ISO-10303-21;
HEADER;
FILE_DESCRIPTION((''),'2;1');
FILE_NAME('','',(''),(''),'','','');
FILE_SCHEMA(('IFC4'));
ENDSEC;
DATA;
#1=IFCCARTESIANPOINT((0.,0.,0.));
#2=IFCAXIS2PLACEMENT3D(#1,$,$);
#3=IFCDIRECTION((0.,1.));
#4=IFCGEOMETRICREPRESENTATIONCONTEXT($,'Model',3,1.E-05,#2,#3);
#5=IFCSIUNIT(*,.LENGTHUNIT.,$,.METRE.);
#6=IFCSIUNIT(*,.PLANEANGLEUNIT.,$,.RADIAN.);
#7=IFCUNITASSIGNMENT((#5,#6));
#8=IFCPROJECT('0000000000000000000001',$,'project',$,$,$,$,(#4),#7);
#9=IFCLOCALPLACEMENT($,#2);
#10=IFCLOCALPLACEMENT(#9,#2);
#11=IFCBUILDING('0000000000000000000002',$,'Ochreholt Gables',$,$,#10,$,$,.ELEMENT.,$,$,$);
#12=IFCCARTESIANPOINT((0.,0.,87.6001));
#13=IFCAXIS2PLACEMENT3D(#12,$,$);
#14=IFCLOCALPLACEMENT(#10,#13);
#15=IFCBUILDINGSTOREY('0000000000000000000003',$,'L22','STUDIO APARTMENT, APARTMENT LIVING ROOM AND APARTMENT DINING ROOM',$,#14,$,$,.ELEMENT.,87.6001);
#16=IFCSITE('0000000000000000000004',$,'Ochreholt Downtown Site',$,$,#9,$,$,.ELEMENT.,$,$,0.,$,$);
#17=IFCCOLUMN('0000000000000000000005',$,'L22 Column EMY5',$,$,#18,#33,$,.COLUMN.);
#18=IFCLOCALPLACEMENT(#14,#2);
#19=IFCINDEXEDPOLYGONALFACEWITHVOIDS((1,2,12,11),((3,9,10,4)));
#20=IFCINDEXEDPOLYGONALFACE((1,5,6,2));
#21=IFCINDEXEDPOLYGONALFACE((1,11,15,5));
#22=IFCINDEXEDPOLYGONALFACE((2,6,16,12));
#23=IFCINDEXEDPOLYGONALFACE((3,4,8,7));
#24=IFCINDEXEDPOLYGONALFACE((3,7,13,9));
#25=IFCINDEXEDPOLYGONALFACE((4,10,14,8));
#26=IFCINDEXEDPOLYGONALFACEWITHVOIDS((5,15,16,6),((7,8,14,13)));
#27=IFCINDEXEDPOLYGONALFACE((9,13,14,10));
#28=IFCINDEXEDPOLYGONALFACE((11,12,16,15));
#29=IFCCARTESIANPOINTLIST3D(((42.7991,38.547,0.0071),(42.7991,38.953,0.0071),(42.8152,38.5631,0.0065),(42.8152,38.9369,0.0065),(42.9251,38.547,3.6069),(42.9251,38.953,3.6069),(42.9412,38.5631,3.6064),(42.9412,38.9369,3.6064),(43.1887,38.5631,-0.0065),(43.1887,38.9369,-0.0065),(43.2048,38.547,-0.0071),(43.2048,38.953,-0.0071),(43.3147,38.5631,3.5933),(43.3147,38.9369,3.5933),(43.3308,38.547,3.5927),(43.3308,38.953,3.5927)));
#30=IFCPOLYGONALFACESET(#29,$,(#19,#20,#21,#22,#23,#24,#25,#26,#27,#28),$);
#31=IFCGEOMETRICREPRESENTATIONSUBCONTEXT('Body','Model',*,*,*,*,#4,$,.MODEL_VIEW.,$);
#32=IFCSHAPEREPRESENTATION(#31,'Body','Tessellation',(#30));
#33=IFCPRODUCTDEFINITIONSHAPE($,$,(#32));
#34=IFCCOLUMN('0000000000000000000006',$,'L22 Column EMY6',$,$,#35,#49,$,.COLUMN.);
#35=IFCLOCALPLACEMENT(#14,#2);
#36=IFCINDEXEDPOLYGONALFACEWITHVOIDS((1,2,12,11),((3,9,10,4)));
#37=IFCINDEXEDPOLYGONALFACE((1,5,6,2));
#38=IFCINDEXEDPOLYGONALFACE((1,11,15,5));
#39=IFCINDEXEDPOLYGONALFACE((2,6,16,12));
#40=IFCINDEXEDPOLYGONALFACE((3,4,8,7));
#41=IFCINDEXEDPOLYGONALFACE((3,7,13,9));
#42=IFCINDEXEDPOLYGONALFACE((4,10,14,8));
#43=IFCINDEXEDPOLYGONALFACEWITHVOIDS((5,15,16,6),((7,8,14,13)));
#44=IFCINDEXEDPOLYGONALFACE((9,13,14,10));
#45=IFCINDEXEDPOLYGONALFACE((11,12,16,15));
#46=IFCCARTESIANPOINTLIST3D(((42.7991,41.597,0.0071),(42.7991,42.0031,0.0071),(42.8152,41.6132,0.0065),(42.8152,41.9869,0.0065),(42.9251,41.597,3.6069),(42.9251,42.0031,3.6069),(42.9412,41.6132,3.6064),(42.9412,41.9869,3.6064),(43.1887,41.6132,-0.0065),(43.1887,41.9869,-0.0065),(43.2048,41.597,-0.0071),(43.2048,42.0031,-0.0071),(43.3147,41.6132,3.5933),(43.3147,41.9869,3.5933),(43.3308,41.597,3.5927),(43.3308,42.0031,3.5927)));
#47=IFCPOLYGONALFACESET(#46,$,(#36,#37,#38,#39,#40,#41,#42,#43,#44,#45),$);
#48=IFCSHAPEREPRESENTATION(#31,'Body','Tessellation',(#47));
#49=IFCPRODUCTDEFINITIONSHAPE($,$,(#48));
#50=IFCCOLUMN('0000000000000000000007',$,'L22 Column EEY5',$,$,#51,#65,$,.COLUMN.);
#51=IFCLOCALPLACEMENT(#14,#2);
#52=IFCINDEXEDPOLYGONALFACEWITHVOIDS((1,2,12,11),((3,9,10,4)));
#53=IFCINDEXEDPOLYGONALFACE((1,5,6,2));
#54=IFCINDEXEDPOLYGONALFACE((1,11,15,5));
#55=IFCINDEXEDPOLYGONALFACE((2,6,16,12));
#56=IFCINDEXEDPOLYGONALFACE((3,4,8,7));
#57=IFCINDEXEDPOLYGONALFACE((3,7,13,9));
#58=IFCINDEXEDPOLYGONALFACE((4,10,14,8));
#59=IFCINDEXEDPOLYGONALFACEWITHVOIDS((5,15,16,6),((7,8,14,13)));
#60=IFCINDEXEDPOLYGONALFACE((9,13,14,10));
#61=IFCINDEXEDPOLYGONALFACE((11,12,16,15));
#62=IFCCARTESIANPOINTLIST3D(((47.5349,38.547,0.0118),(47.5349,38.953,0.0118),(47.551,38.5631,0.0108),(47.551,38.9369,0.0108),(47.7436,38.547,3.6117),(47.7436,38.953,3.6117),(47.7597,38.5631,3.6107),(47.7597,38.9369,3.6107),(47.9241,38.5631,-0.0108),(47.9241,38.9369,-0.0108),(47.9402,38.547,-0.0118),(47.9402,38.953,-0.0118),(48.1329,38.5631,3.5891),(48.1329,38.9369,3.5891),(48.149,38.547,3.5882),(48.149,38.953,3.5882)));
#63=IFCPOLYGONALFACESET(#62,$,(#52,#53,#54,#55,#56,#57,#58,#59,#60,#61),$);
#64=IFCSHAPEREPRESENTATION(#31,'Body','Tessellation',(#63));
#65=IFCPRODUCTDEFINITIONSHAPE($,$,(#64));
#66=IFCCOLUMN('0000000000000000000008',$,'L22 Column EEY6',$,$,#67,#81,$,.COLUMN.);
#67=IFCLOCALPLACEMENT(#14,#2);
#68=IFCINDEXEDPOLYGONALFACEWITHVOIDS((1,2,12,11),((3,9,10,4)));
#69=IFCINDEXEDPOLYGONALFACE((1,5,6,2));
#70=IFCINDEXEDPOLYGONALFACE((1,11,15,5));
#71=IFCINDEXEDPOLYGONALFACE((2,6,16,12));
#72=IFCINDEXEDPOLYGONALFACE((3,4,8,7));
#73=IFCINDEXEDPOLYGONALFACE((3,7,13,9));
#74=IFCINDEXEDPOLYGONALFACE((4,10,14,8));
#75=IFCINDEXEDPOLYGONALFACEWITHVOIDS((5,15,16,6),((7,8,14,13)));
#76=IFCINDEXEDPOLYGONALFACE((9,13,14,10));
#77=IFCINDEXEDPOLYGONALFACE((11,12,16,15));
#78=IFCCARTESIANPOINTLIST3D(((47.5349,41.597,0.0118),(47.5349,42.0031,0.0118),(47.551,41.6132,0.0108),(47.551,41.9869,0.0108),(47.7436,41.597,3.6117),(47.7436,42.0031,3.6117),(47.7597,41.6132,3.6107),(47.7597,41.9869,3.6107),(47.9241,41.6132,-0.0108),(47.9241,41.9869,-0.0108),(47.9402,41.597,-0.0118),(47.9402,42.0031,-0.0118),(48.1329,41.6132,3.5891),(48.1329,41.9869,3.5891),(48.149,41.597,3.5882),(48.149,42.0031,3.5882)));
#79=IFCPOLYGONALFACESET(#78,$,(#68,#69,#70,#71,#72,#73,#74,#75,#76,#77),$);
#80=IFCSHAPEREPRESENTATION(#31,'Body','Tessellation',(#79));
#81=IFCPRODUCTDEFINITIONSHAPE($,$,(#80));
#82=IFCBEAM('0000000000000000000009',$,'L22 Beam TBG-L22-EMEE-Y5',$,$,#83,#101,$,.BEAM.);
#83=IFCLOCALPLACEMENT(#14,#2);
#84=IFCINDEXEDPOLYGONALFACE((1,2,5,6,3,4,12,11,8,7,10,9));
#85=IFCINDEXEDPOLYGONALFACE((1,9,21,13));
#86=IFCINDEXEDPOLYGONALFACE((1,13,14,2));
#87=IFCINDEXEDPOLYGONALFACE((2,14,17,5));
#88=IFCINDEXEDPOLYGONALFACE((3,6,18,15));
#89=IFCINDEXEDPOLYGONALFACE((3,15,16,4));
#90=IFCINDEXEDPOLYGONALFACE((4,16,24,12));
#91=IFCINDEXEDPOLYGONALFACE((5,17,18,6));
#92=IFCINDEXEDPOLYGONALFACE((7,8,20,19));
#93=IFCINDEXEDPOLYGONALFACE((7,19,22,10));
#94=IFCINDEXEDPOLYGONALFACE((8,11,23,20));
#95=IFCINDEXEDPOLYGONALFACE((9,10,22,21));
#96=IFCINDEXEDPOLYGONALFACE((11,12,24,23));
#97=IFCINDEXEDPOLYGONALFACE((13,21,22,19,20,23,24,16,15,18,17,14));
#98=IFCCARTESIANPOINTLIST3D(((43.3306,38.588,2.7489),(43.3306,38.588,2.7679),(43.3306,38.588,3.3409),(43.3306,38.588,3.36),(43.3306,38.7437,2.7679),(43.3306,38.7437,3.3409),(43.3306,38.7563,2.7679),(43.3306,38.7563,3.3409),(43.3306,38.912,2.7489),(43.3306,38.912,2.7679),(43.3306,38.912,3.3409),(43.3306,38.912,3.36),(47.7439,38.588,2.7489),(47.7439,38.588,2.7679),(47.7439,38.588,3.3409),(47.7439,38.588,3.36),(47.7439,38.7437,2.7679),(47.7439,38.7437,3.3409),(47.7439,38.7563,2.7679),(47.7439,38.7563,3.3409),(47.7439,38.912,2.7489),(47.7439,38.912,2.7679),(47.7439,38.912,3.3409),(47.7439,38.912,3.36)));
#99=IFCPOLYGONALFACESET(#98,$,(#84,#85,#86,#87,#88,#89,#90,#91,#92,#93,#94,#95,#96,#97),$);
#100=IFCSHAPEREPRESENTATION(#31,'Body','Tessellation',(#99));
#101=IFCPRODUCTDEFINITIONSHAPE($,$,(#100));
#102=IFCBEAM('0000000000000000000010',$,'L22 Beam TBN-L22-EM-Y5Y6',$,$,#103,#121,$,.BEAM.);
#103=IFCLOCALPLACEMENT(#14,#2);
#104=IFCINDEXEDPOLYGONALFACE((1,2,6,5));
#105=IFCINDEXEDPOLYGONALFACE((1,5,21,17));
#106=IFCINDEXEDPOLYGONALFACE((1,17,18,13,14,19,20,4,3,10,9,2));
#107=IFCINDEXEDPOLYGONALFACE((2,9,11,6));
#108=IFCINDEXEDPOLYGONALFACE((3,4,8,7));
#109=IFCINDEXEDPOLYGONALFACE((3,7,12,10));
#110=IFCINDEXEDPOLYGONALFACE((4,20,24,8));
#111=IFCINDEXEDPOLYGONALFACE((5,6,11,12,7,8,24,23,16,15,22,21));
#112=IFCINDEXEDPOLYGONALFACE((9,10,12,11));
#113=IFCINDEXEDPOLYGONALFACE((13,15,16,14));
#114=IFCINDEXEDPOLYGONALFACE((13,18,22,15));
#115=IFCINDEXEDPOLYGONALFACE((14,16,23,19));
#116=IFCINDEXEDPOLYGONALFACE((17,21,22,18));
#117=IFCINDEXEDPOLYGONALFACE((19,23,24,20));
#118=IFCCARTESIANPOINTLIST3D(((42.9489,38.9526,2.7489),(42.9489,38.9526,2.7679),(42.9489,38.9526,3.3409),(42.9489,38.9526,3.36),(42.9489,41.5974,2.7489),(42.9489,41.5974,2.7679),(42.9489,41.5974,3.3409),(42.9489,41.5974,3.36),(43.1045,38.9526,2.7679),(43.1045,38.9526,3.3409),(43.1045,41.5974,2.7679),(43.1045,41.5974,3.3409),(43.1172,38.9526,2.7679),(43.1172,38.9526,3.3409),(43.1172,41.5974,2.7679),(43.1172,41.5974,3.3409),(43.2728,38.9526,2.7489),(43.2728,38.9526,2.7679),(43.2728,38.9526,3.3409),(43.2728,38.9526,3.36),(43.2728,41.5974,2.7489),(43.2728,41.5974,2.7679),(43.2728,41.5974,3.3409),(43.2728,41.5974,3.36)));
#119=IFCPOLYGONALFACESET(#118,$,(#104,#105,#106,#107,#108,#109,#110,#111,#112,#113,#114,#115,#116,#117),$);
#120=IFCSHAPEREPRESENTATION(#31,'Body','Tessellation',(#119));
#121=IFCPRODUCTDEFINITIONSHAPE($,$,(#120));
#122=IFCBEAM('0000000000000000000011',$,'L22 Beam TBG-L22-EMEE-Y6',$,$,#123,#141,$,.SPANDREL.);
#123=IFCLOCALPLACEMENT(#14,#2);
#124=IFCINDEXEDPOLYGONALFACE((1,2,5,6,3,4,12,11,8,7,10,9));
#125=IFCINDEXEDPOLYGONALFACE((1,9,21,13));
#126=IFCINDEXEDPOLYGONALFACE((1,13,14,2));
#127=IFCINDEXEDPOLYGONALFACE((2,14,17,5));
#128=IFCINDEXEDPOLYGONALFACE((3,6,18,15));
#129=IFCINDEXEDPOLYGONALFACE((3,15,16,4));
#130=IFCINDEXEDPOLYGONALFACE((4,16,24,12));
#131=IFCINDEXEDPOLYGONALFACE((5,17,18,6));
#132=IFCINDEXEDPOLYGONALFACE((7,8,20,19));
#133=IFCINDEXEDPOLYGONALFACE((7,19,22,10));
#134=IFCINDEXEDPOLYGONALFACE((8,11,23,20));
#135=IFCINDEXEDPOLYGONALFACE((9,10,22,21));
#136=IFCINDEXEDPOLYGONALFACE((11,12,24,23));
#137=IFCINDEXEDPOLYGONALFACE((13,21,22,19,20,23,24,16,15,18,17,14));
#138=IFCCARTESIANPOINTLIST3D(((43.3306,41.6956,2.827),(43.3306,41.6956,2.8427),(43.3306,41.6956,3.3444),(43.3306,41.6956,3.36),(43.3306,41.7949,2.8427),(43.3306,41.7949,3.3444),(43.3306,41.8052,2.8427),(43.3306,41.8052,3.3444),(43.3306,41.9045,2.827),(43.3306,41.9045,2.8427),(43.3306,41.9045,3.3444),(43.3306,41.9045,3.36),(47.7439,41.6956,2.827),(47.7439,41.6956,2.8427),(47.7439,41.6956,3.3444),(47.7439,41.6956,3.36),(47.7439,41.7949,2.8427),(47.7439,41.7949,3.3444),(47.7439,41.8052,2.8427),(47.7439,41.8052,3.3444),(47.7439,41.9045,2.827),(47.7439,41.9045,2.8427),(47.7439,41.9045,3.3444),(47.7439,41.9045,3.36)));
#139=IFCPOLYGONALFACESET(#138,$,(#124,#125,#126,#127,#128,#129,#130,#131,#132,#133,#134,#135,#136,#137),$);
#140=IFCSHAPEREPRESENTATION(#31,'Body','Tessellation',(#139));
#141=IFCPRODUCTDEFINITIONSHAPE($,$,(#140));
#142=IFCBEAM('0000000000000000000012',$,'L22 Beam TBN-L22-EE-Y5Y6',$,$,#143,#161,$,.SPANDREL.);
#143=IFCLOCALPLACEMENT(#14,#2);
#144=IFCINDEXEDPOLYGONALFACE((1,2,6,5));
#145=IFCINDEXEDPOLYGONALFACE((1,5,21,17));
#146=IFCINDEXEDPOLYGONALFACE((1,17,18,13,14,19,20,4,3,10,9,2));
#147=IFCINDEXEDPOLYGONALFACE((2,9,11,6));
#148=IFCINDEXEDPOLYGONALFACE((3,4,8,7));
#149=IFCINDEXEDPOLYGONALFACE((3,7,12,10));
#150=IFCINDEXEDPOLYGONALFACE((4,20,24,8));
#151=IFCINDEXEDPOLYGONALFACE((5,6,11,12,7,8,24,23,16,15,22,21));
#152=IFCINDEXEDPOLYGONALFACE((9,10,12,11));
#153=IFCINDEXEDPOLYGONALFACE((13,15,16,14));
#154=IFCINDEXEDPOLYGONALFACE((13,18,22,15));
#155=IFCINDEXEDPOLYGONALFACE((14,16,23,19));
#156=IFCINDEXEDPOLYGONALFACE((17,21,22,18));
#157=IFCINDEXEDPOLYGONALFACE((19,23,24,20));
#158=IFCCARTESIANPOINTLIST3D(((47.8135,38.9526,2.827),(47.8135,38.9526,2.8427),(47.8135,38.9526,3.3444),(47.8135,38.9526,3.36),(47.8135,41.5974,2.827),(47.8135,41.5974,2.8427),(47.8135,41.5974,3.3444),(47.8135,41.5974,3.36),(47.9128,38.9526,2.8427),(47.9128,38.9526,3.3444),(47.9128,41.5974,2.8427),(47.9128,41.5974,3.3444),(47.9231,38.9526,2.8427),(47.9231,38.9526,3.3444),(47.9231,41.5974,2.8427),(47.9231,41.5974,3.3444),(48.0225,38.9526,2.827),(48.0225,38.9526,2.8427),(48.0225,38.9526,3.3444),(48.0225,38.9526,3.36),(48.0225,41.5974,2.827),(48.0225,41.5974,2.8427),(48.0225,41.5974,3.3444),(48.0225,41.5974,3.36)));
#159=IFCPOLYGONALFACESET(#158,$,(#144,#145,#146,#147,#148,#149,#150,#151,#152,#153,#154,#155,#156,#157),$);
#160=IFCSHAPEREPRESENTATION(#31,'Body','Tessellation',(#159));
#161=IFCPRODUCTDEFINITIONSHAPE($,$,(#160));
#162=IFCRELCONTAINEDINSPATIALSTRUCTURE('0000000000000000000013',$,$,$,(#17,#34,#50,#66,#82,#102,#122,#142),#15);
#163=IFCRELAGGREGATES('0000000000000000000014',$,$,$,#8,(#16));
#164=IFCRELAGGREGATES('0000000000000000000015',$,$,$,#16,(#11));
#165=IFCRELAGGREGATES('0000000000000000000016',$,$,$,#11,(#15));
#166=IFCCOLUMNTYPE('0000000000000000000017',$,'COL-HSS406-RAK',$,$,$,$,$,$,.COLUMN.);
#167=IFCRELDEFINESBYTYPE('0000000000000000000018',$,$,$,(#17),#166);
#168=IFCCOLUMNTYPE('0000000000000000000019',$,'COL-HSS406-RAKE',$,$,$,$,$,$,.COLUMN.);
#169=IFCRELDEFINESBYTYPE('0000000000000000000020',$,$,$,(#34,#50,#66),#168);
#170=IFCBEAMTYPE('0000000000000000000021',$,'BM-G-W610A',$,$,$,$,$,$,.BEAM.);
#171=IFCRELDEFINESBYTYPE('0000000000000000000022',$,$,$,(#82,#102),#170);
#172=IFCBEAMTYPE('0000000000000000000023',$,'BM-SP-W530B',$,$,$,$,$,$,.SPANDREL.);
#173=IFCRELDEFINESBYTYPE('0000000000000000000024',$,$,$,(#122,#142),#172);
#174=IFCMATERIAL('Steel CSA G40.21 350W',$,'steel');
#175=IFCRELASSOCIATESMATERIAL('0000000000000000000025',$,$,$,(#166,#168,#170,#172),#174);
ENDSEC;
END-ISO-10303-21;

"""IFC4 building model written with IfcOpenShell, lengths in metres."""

from ifc_helpers import new_model, si_unit, direction, frame, origin, origin_2d, place, context, subcontext, project, spatial, hollow_rectangle, i_section, extrude, material, material_profile, profile_set, type_object, element, save


model = new_model("IFC4")

# Units and contexts
model_context = context("Model", 3, precision=1e-05, world=origin(), true_north=direction((0.0, 1.0)))
body_context = subcontext(model_context, "Body", "Model", "MODEL_VIEW")
ifc_project = project(units=[si_unit("LENGTHUNIT", "METRE"), si_unit("PLANEANGLEUNIT", "RADIAN")], contexts=[model_context])

# Site, building, storey
site_placement = place(None, origin())
site = spatial("IfcSite", under=ifc_project, at=site_placement, Name="Ochreholt Downtown Site", CompositionType="ELEMENT", RefElevation=0.0)
building_placement = place(site_placement, origin())
building = spatial("IfcBuilding", under=site, at=building_placement, Name="Ochreholt Gables", CompositionType="ELEMENT")
storey_placement = place(building_placement, frame((0.0, 0.0, 87.6001)))
storey = spatial("IfcBuildingStorey", under=building, at=storey_placement, Name="L22", Description="STUDIO APARTMENT, APARTMENT LIVING ROOM AND APARTMENT DINING ROOM", CompositionType="ELEMENT", Elevation=87.6001)

# Columns
ifc_material_1 = material(Name="Steel CSA G40.21 350W", Category="steel")
ifc_material_profile_1 = material_profile(ifc_material_1, hollow_rectangle(XDim=0.406, YDim=0.406, WallThickness=0.0161, at=origin_2d()), Name="HSS406X406X16")
ifc_profile_set_1 = profile_set([ifc_material_profile_1], Name="Steel CSA G40.21 350W")
column_type_1 = type_object("IfcColumnType", Name="COL-HSS406-RAK", PredefinedType="COLUMN", material=ifc_profile_set_1)
column_1_placement = place(storey_placement, frame((43.002, 38.75, 0.0), z_axis=(0.034974, 0.0, 0.999388), x_axis=(0.0, 1.0, 0.0)))
element("IfcColumn", 1, at=column_1_placement, inside=storey, type_object=column_type_1, Name="L22 Column EMY5", PredefinedType="COLUMN", context=body_context, shape_type="SweptSolid", body=[
    extrude(hollow_rectangle(XDim=0.406, YDim=0.406, WallThickness=0.0161, at=origin_2d()), origin(), (0.0, 0.0, 1.0), 3.6021),
])
ifc_material_profile_2 = material_profile(ifc_material_1, hollow_rectangle(XDim=0.406, YDim=0.406, WallThickness=0.0161, at=origin_2d()), Name="HSS406X406X16")
ifc_profile_set_2 = profile_set([ifc_material_profile_2], Name="Steel CSA G40.21 350W")
column_type_2 = type_object("IfcColumnType", Name="COL-HSS406-RAKE", PredefinedType="COLUMN", material=ifc_profile_set_2)
column_2_placement = place(storey_placement, frame((43.002, 41.8, 0.0), z_axis=(0.034974, 0.0, 0.999388), x_axis=(0.0, 1.0, 0.0)))
element("IfcColumn", 2, at=column_2_placement, inside=storey, type_object=column_type_2, Name="L22 Column EMY6", PredefinedType="COLUMN", context=body_context, shape_type="SweptSolid", body=[
    extrude(hollow_rectangle(XDim=0.406, YDim=0.406, WallThickness=0.0161, at=origin_2d()), origin(), (0.0, 0.0, 1.0), 3.6021),
])
for number, where, z_axis, x_axis, name in (
    (3, (47.7375, 38.75, 0.0), (0.057889, 0.0, 0.998323), (0.0, 1.0, 0.0), "L22 Column EEY5"),
    (4, (47.7375, 41.8, 0.0), (0.057889, 0.0, 0.998323), (0.0, 1.0, 0.0), "L22 Column EEY6"),
):
    element("IfcColumn", number, at=place(storey_placement, frame(where, z_axis=z_axis, x_axis=x_axis)), inside=storey, type_object=column_type_2, Name=name, PredefinedType="COLUMN", context=body_context, shape_type="SweptSolid", body=[
        extrude(hollow_rectangle(XDim=0.406, YDim=0.406, WallThickness=0.0161, at=origin_2d()), origin(), (0.0, 0.0, 1.0), 3.606),
    ])

# Beams
ifc_material_profile_3 = material_profile(ifc_material_1, i_section(OverallWidth=0.324, OverallDepth=0.6111, WebThickness=0.0127, FlangeThickness=0.019, at=origin_2d()), Name="W610X155")
ifc_profile_set_3 = profile_set([ifc_material_profile_3], Name="Steel CSA G40.21 350W")
beam_type_1 = type_object("IfcBeamType", Name="BM-G-W610A", PredefinedType="BEAM", material=ifc_profile_set_3)
beam_1_placement = place(storey_placement, frame((43.3306, 38.75, 3.0544), z_axis=(1.0, 0.0, 0.0), x_axis=(0.0, 1.0, 0.0)))
element("IfcBeam", 5, at=beam_1_placement, inside=storey, type_object=beam_type_1, Name="L22 Beam TBG-L22-EMEE-Y5", PredefinedType="BEAM", context=body_context, shape_type="SweptSolid", body=[
    extrude(i_section(OverallWidth=0.324, OverallDepth=0.6111, WebThickness=0.0127, FlangeThickness=0.019, at=origin_2d()), origin(), (0.0, 0.0, 1.0), 4.4133),
])
beam_2_placement = place(storey_placement, frame((43.1108, 38.9526, 3.0544), z_axis=(0.0, 1.0, 0.0), x_axis=(-1.0, 0.0, 0.0)))
element("IfcBeam", 6, at=beam_2_placement, inside=storey, type_object=beam_type_1, Name="L22 Beam TBN-L22-EM-Y5Y6", PredefinedType="BEAM", context=body_context, shape_type="SweptSolid", body=[
    extrude(i_section(OverallWidth=0.324, OverallDepth=0.6111, WebThickness=0.0127, FlangeThickness=0.019, at=origin_2d()), origin(), (0.0, 0.0, 1.0), 2.6448),
])
ifc_material_profile_4 = material_profile(ifc_material_1, i_section(OverallWidth=0.209, OverallDepth=0.533, WebThickness=0.0103, FlangeThickness=0.0156, at=origin_2d()), Name="W530X92")
ifc_profile_set_4 = profile_set([ifc_material_profile_4], Name="Steel CSA G40.21 350W")
beam_type_2 = type_object("IfcBeamType", Name="BM-SP-W530B", PredefinedType="SPANDREL", material=ifc_profile_set_4)
beam_3_placement = place(storey_placement, frame((43.3306, 41.8, 3.0935), z_axis=(1.0, 0.0, 0.0), x_axis=(0.0, 1.0, 0.0)))
element("IfcBeam", 7, at=beam_3_placement, inside=storey, type_object=beam_type_2, Name="L22 Beam TBG-L22-EMEE-Y6", PredefinedType="SPANDREL", context=body_context, shape_type="SweptSolid", body=[
    extrude(i_section(OverallWidth=0.209, OverallDepth=0.533, WebThickness=0.0103, FlangeThickness=0.0156, at=origin_2d()), origin(), (0.0, 0.0, 1.0), 4.4133),
])
beam_4_placement = place(storey_placement, frame((47.918, 38.9526, 3.0935), z_axis=(0.0, 1.0, 0.0), x_axis=(-1.0, 0.0, 0.0)))
element("IfcBeam", 8, at=beam_4_placement, inside=storey, type_object=beam_type_2, Name="L22 Beam TBN-L22-EE-Y5Y6", PredefinedType="SPANDREL", context=body_context, shape_type="SweptSolid", body=[
    extrude(i_section(OverallWidth=0.209, OverallDepth=0.533, WebThickness=0.0103, FlangeThickness=0.0156, at=origin_2d()), origin(), (0.0, 0.0, 1.0), 2.6448),
])

save(model, "model.ifc")
